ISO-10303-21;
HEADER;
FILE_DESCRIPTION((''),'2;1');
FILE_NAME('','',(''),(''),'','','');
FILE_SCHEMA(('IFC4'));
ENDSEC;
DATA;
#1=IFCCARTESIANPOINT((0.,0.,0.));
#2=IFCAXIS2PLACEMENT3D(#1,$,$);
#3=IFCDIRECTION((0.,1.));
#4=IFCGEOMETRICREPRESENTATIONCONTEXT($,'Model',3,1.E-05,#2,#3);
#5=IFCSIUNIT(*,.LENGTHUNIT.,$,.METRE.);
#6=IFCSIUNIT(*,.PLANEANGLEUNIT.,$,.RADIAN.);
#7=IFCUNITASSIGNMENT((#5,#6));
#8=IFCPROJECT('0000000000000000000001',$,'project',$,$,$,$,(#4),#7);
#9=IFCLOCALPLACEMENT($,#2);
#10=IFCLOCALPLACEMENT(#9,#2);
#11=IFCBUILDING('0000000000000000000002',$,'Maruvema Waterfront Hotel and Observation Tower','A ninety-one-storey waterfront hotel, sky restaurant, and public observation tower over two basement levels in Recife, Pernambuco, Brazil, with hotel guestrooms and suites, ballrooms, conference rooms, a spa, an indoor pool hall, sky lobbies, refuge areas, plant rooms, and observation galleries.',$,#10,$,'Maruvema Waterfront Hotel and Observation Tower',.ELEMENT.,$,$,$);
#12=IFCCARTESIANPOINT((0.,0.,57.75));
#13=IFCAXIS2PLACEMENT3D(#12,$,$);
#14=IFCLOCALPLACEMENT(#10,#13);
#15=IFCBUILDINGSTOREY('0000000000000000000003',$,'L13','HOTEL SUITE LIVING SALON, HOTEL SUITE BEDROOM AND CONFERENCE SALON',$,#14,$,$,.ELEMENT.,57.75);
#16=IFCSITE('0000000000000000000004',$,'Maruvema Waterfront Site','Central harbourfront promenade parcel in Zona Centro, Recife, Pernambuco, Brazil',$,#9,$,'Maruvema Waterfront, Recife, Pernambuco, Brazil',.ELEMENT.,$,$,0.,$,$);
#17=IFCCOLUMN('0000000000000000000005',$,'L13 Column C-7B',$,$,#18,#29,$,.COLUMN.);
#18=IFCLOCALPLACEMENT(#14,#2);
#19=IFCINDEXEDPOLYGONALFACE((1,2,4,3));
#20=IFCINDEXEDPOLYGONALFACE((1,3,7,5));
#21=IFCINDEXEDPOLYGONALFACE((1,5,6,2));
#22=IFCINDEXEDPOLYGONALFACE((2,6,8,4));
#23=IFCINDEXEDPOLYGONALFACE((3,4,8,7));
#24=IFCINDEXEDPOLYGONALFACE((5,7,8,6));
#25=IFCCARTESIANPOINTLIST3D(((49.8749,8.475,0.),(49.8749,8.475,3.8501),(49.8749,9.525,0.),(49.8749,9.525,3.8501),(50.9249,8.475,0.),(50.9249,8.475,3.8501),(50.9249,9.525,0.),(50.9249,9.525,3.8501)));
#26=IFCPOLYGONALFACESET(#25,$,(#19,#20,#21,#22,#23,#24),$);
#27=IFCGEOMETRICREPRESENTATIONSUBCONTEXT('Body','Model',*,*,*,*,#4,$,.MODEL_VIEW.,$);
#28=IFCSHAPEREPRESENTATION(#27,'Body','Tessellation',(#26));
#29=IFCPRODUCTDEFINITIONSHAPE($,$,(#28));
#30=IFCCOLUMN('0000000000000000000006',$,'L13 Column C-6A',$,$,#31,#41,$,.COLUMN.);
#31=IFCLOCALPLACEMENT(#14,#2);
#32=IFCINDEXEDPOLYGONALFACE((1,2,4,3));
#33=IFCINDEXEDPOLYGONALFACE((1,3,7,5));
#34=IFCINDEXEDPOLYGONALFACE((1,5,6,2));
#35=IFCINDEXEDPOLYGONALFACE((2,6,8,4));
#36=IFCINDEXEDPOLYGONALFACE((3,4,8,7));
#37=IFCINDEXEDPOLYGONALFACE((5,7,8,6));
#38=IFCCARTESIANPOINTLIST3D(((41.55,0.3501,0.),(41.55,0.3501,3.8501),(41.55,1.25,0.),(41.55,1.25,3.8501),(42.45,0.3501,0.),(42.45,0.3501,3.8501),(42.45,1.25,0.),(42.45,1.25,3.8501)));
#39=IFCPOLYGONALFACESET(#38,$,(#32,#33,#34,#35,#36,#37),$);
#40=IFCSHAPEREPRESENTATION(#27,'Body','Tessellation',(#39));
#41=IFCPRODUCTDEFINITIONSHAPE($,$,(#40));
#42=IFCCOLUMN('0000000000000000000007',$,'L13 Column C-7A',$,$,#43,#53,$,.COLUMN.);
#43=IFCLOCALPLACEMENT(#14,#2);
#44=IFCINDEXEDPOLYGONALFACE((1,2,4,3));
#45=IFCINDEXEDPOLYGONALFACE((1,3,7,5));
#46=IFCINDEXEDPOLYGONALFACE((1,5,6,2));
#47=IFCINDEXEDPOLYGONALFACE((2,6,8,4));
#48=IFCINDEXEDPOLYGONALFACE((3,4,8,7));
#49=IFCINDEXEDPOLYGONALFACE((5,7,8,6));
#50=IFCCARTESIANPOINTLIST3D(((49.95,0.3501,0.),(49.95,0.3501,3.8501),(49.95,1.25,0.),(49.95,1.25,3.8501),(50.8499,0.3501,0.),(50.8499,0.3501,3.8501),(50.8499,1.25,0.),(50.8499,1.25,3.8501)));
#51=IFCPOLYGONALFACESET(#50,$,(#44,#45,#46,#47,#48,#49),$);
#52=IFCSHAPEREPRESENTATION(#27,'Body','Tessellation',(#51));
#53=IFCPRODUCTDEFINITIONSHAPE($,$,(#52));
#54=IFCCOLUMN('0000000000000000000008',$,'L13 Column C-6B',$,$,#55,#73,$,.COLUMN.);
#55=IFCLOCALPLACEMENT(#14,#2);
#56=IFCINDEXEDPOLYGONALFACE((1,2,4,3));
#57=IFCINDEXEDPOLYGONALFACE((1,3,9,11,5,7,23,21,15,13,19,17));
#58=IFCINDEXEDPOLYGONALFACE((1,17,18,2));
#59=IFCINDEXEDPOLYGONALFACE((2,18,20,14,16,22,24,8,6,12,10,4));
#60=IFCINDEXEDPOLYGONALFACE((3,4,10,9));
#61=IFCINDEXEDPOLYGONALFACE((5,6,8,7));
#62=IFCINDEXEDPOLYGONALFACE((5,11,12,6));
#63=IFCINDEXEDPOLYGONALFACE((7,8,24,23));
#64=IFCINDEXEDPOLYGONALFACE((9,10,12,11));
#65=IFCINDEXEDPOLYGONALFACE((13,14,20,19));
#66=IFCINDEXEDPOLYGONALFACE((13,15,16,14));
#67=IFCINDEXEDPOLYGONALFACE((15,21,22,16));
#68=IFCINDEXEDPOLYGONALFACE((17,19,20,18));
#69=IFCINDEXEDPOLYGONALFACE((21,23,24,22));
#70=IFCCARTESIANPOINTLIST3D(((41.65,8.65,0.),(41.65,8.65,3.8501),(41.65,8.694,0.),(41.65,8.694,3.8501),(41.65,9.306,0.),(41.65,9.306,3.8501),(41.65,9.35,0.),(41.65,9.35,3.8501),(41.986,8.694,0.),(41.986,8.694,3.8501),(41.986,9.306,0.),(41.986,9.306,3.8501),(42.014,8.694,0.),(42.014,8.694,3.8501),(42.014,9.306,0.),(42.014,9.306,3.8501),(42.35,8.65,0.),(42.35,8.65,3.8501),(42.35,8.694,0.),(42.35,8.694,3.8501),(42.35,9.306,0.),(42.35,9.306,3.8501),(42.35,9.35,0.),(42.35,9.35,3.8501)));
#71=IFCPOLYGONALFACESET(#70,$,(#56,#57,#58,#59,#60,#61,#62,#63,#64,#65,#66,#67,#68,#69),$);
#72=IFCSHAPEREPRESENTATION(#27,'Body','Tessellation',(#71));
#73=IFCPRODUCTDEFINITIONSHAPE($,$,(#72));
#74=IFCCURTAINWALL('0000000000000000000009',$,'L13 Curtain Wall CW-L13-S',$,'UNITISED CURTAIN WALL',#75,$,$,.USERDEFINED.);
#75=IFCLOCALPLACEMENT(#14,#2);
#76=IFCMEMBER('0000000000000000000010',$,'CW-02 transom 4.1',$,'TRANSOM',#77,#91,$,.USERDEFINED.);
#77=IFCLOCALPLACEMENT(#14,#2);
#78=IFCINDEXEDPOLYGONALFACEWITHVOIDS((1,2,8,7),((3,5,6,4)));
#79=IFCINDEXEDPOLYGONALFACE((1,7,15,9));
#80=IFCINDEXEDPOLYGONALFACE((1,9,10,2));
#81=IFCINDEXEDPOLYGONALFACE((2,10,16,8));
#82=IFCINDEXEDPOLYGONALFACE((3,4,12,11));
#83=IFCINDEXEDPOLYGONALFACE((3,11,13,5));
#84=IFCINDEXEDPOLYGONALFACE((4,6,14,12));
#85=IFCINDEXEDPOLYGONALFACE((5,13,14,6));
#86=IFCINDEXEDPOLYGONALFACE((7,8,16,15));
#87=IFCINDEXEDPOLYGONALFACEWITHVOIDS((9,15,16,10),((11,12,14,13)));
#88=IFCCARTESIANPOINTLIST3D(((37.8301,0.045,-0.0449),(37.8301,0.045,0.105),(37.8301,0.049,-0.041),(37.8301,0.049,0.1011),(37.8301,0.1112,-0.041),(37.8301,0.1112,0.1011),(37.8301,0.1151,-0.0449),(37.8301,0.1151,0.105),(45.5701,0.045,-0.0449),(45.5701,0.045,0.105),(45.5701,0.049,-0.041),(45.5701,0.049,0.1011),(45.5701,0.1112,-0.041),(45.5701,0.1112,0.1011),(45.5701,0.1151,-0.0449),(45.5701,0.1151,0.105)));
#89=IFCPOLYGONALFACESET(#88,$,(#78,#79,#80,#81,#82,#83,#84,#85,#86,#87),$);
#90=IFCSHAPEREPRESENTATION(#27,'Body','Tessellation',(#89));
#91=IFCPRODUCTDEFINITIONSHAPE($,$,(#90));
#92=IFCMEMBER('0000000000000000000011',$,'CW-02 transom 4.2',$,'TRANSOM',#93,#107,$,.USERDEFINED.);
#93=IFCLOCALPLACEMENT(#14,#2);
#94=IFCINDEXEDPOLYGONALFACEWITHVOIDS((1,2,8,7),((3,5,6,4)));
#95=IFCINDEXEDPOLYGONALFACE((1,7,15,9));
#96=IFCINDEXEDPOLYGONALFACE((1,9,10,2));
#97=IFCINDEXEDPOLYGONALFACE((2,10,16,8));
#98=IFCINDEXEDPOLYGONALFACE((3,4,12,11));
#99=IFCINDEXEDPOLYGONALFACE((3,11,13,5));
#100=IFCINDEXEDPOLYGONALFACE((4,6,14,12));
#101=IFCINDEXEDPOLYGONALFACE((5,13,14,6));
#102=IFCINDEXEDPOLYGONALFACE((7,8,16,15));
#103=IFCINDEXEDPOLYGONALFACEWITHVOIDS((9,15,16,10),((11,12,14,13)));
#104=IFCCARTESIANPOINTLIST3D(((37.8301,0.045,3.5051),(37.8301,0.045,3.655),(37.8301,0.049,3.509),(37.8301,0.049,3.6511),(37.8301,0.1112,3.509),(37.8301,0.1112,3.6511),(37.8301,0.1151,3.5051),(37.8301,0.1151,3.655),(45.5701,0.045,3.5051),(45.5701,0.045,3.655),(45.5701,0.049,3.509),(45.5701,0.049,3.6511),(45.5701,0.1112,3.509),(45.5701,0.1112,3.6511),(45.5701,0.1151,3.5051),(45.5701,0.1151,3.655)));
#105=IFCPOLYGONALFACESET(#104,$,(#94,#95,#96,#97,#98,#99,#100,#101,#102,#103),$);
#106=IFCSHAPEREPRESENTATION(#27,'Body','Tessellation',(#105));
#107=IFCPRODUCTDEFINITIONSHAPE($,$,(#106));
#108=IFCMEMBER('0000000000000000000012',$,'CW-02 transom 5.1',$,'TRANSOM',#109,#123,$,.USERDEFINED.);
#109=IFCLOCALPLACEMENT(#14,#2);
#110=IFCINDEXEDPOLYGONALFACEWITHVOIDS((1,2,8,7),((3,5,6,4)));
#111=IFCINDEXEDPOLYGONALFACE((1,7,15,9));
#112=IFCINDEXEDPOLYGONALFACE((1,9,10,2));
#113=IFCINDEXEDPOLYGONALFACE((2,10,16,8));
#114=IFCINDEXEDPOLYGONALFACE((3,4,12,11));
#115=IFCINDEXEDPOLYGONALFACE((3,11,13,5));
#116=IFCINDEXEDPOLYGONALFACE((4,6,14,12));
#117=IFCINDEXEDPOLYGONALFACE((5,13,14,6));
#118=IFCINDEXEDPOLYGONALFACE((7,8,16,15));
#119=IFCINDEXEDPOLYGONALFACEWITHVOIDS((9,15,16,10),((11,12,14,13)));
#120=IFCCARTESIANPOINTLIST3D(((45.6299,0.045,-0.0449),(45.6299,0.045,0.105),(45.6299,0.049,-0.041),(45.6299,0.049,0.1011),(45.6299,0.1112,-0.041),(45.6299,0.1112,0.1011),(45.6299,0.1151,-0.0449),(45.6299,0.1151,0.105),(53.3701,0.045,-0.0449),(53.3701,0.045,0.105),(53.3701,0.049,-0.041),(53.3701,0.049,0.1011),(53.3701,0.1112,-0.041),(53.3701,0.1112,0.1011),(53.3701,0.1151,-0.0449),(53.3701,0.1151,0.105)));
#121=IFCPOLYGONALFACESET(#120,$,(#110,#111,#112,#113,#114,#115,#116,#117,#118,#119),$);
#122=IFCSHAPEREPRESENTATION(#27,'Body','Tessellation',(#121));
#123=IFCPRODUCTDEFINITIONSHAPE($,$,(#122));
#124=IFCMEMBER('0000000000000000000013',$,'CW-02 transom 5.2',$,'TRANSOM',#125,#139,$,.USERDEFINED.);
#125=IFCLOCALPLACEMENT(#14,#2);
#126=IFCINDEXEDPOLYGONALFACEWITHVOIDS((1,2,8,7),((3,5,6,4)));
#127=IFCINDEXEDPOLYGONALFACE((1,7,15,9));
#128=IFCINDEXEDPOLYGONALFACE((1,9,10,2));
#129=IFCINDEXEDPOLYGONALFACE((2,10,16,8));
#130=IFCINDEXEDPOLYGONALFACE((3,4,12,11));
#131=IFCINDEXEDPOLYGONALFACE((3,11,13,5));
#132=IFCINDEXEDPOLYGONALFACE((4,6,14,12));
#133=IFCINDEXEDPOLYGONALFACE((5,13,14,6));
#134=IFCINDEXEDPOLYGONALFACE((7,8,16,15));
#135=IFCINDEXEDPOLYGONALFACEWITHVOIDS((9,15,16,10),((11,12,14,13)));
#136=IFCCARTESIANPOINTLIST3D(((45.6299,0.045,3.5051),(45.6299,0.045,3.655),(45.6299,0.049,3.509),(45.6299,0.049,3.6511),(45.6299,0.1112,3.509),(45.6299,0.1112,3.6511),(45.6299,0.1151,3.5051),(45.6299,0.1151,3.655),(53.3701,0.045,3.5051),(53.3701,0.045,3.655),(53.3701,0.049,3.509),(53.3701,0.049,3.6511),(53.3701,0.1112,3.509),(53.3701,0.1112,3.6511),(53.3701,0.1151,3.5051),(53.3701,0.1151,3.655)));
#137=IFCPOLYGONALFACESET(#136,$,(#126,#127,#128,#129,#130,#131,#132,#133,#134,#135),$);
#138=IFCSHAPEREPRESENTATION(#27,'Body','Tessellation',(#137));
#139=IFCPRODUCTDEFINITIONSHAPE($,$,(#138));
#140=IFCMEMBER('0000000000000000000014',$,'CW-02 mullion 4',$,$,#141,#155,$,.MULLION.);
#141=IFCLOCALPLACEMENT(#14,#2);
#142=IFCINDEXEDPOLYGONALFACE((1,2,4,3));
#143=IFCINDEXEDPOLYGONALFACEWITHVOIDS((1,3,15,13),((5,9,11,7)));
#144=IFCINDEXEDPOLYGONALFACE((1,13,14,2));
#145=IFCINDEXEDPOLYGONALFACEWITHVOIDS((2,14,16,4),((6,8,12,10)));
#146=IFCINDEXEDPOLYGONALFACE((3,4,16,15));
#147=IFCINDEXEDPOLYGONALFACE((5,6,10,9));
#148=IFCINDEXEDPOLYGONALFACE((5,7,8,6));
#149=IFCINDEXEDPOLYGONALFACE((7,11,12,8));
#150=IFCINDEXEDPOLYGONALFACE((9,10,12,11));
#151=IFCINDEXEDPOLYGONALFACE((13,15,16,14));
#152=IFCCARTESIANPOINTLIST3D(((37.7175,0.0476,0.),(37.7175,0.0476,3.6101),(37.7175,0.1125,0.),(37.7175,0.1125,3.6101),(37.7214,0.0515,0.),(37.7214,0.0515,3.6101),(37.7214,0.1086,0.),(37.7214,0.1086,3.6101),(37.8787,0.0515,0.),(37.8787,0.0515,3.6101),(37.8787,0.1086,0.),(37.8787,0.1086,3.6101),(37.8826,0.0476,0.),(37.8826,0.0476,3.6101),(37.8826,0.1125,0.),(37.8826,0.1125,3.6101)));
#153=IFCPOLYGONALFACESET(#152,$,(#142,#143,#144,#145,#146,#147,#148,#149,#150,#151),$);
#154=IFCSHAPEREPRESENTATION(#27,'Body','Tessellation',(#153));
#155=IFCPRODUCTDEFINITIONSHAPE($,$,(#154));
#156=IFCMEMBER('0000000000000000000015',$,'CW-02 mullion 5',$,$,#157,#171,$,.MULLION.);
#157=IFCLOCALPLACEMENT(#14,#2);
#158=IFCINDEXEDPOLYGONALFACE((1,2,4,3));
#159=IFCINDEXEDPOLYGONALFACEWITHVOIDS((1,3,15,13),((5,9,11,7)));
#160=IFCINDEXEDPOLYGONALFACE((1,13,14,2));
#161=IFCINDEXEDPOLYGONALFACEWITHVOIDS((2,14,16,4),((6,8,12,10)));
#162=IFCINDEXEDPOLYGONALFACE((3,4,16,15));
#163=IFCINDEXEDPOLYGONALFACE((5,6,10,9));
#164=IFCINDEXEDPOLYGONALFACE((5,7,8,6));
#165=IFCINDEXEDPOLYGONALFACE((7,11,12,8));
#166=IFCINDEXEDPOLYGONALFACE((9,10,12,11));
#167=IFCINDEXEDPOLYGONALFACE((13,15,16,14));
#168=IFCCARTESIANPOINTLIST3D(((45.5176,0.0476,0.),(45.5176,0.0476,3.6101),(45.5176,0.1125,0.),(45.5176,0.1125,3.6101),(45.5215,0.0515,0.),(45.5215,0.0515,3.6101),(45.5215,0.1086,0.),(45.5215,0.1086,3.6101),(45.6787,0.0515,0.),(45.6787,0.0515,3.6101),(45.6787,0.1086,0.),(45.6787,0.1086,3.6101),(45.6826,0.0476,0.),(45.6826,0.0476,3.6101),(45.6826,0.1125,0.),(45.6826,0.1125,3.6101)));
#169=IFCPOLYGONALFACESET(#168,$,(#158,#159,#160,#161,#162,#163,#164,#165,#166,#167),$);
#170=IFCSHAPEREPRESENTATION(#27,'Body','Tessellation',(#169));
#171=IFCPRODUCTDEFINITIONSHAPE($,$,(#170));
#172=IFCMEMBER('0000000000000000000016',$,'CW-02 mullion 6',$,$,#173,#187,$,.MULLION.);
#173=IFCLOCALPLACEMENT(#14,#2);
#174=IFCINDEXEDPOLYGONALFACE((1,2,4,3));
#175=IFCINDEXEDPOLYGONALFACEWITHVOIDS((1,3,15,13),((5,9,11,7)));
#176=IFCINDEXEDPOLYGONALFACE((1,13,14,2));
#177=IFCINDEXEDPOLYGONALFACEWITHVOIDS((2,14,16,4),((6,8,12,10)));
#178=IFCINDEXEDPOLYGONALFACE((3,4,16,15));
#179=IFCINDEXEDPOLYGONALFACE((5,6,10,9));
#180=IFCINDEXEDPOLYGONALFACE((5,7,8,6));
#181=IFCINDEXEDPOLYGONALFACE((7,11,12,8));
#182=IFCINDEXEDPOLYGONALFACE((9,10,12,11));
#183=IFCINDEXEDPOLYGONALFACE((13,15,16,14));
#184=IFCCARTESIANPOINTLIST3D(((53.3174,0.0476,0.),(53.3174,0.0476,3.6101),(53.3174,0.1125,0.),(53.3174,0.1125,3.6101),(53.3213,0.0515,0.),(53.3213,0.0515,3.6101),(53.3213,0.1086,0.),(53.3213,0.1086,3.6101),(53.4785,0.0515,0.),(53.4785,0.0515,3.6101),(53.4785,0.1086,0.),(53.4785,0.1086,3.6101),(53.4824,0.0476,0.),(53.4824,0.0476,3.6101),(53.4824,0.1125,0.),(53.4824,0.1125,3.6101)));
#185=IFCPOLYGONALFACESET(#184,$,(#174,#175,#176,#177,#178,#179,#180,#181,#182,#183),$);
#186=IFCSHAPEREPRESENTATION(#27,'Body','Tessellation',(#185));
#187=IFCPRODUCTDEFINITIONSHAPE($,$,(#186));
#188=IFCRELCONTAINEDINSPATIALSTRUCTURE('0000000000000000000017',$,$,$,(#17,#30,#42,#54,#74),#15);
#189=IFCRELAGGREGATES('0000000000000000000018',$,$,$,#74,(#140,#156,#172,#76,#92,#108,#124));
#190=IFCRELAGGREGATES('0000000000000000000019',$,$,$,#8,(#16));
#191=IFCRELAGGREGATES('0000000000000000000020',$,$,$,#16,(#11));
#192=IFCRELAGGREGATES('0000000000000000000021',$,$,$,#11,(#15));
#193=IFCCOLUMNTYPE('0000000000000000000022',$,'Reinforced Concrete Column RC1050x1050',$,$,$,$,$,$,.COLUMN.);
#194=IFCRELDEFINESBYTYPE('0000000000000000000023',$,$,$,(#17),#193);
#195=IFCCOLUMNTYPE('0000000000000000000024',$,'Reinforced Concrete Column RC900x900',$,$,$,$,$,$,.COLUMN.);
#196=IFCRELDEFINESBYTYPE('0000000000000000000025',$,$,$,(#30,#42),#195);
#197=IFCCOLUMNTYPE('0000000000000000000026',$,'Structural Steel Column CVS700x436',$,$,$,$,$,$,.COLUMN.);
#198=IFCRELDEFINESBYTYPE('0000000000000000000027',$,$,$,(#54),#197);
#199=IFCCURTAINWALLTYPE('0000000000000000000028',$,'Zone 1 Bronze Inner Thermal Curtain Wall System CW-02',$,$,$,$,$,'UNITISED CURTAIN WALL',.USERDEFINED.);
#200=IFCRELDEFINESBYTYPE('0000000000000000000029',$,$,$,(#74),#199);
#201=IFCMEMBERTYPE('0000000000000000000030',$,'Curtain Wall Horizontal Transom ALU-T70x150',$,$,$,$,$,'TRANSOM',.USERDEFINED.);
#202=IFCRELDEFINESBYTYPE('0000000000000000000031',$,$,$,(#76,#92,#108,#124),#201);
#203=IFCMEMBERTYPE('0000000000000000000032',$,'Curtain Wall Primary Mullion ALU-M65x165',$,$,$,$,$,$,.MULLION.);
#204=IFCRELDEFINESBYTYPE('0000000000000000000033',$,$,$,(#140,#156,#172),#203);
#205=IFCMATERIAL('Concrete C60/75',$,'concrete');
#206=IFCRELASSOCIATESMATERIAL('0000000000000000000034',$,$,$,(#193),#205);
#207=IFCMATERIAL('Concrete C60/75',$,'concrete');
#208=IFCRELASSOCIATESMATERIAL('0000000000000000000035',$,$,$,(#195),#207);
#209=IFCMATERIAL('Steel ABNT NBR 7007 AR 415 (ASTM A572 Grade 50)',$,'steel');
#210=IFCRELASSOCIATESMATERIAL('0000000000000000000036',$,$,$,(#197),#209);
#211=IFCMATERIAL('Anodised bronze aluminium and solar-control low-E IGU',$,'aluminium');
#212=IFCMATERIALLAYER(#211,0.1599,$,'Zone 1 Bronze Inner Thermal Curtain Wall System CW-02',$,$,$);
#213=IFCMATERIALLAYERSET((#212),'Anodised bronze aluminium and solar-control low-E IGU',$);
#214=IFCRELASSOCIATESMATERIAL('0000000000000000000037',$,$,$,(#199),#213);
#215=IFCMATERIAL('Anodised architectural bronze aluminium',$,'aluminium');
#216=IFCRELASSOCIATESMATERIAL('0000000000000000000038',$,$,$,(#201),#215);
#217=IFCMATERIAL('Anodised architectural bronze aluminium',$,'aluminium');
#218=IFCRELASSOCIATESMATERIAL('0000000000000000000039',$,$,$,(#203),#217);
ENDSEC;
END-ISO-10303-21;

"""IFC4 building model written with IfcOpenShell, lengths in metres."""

from ifc_helpers import new_model, si_unit, direction, frame, origin, origin_2d, place, context, subcontext, project, spatial, rectangle, hollow_rectangle, i_section, extrude, material, layer, layer_set, material_profile, profile_set, type_object, element, aggregate, save


model = new_model("IFC4")

# Units and contexts
model_context = context("Model", 3, precision=1e-05, world=origin(), true_north=direction((0.0, 1.0)))
body_context = subcontext(model_context, "Body", "Model", "MODEL_VIEW")
ifc_project = project(units=[si_unit("LENGTHUNIT", "METRE"), si_unit("PLANEANGLEUNIT", "RADIAN")], contexts=[model_context])

# Site, building, storey
site_placement = place(None, origin())
site = spatial("IfcSite", under=ifc_project, at=site_placement, Name="Maruvema Waterfront Site", Description="Central harbourfront promenade parcel in Zona Centro, Recife, Pernambuco, Brazil", LongName="Maruvema Waterfront, Recife, Pernambuco, Brazil", CompositionType="ELEMENT", RefElevation=0.0)
building_placement = place(site_placement, origin())
building = spatial("IfcBuilding", under=site, at=building_placement, Name="Maruvema Waterfront Hotel and Observation Tower", Description="A ninety-one-storey waterfront hotel, sky restaurant, and public observation tower over two basement levels in Recife, Pernambuco, Brazil, with hotel guestrooms and suites, ballrooms, conference rooms, a spa, an indoor pool hall, sky lobbies, refuge areas, plant rooms, and observation galleries.", LongName="Maruvema Waterfront Hotel and Observation Tower", CompositionType="ELEMENT")
storey_placement = place(building_placement, frame((0.0, 0.0, 57.75)))
storey = spatial("IfcBuildingStorey", under=building, at=storey_placement, Name="L13", Description="HOTEL SUITE LIVING SALON, HOTEL SUITE BEDROOM AND CONFERENCE SALON", CompositionType="ELEMENT", Elevation=57.75)

# Columns
ifc_material_1 = material(Name="Concrete C60/75", Category="concrete")
ifc_material_profile_1 = material_profile(ifc_material_1, rectangle(XDim=1.05, YDim=1.05, at=origin_2d()), Name="RC1050x1050")
ifc_profile_set_1 = profile_set([ifc_material_profile_1], Name="Concrete C60/75")
column_type_1 = type_object("IfcColumnType", Name="Reinforced Concrete Column RC1050x1050", PredefinedType="COLUMN", material=ifc_profile_set_1)
column_1_placement = place(storey_placement, frame((50.3999, 9.0, 0.0), z_axis=(0.0, 0.0, 1.0), x_axis=(1.0, 0.0, 0.0)))
element("IfcColumn", 1, at=column_1_placement, inside=storey, type_object=column_type_1, Name="L13 Column C-7B", PredefinedType="COLUMN", context=body_context, shape_type="SweptSolid", body=[
    extrude(rectangle(XDim=1.05, YDim=1.05, at=origin_2d()), origin(), (0.0, 0.0, 1.0), 3.8501),
])
ifc_material_2 = material(Name="Concrete C60/75", Category="concrete")
ifc_material_profile_2 = material_profile(ifc_material_2, rectangle(XDim=0.8999, YDim=0.8999, at=origin_2d()), Name="RC900x900")
ifc_profile_set_2 = profile_set([ifc_material_profile_2], Name="Concrete C60/75")
column_type_2 = type_object("IfcColumnType", Name="Reinforced Concrete Column RC900x900", PredefinedType="COLUMN", material=ifc_profile_set_2)
for number, where, z_axis, x_axis, name in (
    (2, (42.0, 0.8, 0.0), (0.0, 0.0, 1.0), (1.0, 0.0, 0.0), "L13 Column C-6A"),
    (3, (50.3999, 0.8, 0.0), (0.0, 0.0, 1.0), (1.0, 0.0, 0.0), "L13 Column C-7A"),
):
    element("IfcColumn", number, at=place(storey_placement, frame(where, z_axis=z_axis, x_axis=x_axis)), inside=storey, type_object=column_type_2, Name=name, PredefinedType="COLUMN", context=body_context, shape_type="SweptSolid", body=[
        extrude(rectangle(XDim=0.8999, YDim=0.8999, at=origin_2d()), origin(), (0.0, 0.0, 1.0), 3.8501),
    ])
ifc_material_3 = material(Name="Steel ABNT NBR 7007 AR 415 (ASTM A572 Grade 50)", Category="steel")
ifc_material_profile_3 = material_profile(ifc_material_3, i_section(OverallWidth=0.7, OverallDepth=0.7, WebThickness=0.0281, FlangeThickness=0.0439, at=origin_2d()), Name="CVS700x436")
ifc_profile_set_3 = profile_set([ifc_material_profile_3], Name="Steel ABNT NBR 7007 AR 415 (ASTM A572 Grade 50)")
column_type_3 = type_object("IfcColumnType", Name="Structural Steel Column CVS700x436", PredefinedType="COLUMN", material=ifc_profile_set_3)
column_2_placement = place(storey_placement, frame((42.0, 9.0, 0.0), z_axis=(0.0, 0.0, 1.0), x_axis=(1.0, 0.0, 0.0)))
element("IfcColumn", 4, at=column_2_placement, inside=storey, type_object=column_type_3, Name="L13 Column C-6B", PredefinedType="COLUMN", context=body_context, shape_type="SweptSolid", body=[
    extrude(i_section(OverallWidth=0.7, OverallDepth=0.7, WebThickness=0.0281, FlangeThickness=0.0439, at=origin_2d()), origin(), (0.0, 0.0, 1.0), 3.8501),
])

# Curtain wall, members
ifc_material_4 = material(Name="Anodised bronze aluminium and solar-control low-E IGU", Category="aluminium")
ifc_layer_1 = layer(ifc_material_4, 0.1599, Name="Zone 1 Bronze Inner Thermal Curtain Wall System CW-02")
ifc_layer_set_1 = layer_set([ifc_layer_1], Name="Anodised bronze aluminium and solar-control low-E IGU")
curtain_wall_type = type_object("IfcCurtainWallType", Name="Zone 1 Bronze Inner Thermal Curtain Wall System CW-02", ElementType="UNITISED CURTAIN WALL", PredefinedType="USERDEFINED", material=ifc_layer_set_1)
curtain_wall_placement = place(storey_placement, origin())
curtain_wall = element("IfcCurtainWall", 5, at=curtain_wall_placement, inside=storey, type_object=curtain_wall_type, Name="L13 Curtain Wall CW-L13-S", ObjectType="UNITISED CURTAIN WALL", PredefinedType="USERDEFINED")
ifc_material_5 = material(Name="Anodised architectural bronze aluminium", Category="aluminium")
ifc_material_profile_4 = material_profile(ifc_material_5, hollow_rectangle(XDim=0.0701, YDim=0.1499, WallThickness=0.0039, at=origin_2d()), Name="ALU-T70x150")
ifc_profile_set_4 = profile_set([ifc_material_profile_4], Name="Anodised architectural bronze aluminium")
member_type_1 = type_object("IfcMemberType", Name="Curtain Wall Horizontal Transom ALU-T70x150", ElementType="TRANSOM", PredefinedType="USERDEFINED", material=ifc_profile_set_4)
member_1_placement = place(storey_placement, frame((37.8301, 0.0801, 0.03), z_axis=(1.0, 0.0, 0.0), x_axis=(0.0, 1.0, 0.0)))
member_1 = element("IfcMember", 6, at=member_1_placement, type_object=member_type_1, Name="CW-02 transom 4.1", ObjectType="TRANSOM", PredefinedType="USERDEFINED", context=body_context, shape_type="SweptSolid", body=[
    extrude(hollow_rectangle(XDim=0.0701, YDim=0.1499, WallThickness=0.0039, at=origin_2d()), origin(), (0.0, 0.0, 1.0), 7.74),
])
member_2_placement = place(storey_placement, frame((37.8301, 0.0801, 3.5801), z_axis=(1.0, 0.0, 0.0), x_axis=(0.0, 1.0, 0.0)))
member_2 = element("IfcMember", 7, at=member_2_placement, type_object=member_type_1, Name="CW-02 transom 4.2", ObjectType="TRANSOM", PredefinedType="USERDEFINED", context=body_context, shape_type="SweptSolid", body=[
    extrude(hollow_rectangle(XDim=0.0701, YDim=0.1499, WallThickness=0.0039, at=origin_2d()), origin(), (0.0, 0.0, 1.0), 7.74),
])
member_3_placement = place(storey_placement, frame((45.6299, 0.0801, 0.03), z_axis=(1.0, 0.0, 0.0), x_axis=(0.0, 1.0, 0.0)))
member_3 = element("IfcMember", 8, at=member_3_placement, type_object=member_type_1, Name="CW-02 transom 5.1", ObjectType="TRANSOM", PredefinedType="USERDEFINED", context=body_context, shape_type="SweptSolid", body=[
    extrude(hollow_rectangle(XDim=0.0701, YDim=0.1499, WallThickness=0.0039, at=origin_2d()), origin(), (0.0, 0.0, 1.0), 7.7402),
])
member_4_placement = place(storey_placement, frame((45.6299, 0.0801, 3.5801), z_axis=(1.0, 0.0, 0.0), x_axis=(0.0, 1.0, 0.0)))
member_4 = element("IfcMember", 9, at=member_4_placement, type_object=member_type_1, Name="CW-02 transom 5.2", ObjectType="TRANSOM", PredefinedType="USERDEFINED", context=body_context, shape_type="SweptSolid", body=[
    extrude(hollow_rectangle(XDim=0.0701, YDim=0.1499, WallThickness=0.0039, at=origin_2d()), origin(), (0.0, 0.0, 1.0), 7.7402),
])
ifc_material_6 = material(Name="Anodised architectural bronze aluminium", Category="aluminium")
ifc_material_profile_5 = material_profile(ifc_material_6, hollow_rectangle(XDim=0.0649, YDim=0.165, WallThickness=0.0039, at=origin_2d()), Name="ALU-M65x165")
ifc_profile_set_5 = profile_set([ifc_material_profile_5], Name="Anodised architectural bronze aluminium")
member_type_2 = type_object("IfcMemberType", Name="Curtain Wall Primary Mullion ALU-M65x165", PredefinedType="MULLION", material=ifc_profile_set_5)
member_5_placement = place(storey_placement, frame((37.8, 0.0801, 0.0), z_axis=(0.0, 0.0, 1.0), x_axis=(0.0, 1.0, 0.0)))
member_5 = element("IfcMember", 10, at=member_5_placement, type_object=member_type_2, Name="CW-02 mullion 4", PredefinedType="MULLION", context=body_context, shape_type="SweptSolid", body=[
    extrude(hollow_rectangle(XDim=0.0649, YDim=0.165, WallThickness=0.0039, at=origin_2d()), origin(), (0.0, 0.0, 1.0), 3.6101),
])
member_6_placement = place(storey_placement, frame((45.6001, 0.0801, 0.0), z_axis=(0.0, 0.0, 1.0), x_axis=(0.0, 1.0, 0.0)))
member_6 = element("IfcMember", 11, at=member_6_placement, type_object=member_type_2, Name="CW-02 mullion 5", PredefinedType="MULLION", context=body_context, shape_type="SweptSolid", body=[
    extrude(hollow_rectangle(XDim=0.0649, YDim=0.165, WallThickness=0.0039, at=origin_2d()), origin(), (0.0, 0.0, 1.0), 3.6101),
])
member_7_placement = place(storey_placement, frame((53.3999, 0.0801, 0.0), z_axis=(0.0, 0.0, 1.0), x_axis=(0.0, 1.0, 0.0)))
member_7 = element("IfcMember", 12, at=member_7_placement, type_object=member_type_2, Name="CW-02 mullion 6", PredefinedType="MULLION", context=body_context, shape_type="SweptSolid", body=[
    extrude(hollow_rectangle(XDim=0.0649, YDim=0.165, WallThickness=0.0039, at=origin_2d()), origin(), (0.0, 0.0, 1.0), 3.6101),
])

aggregate(curtain_wall, [member_5, member_6, member_7, member_1, member_2, member_3, member_4])

save(model, "model.ifc")
